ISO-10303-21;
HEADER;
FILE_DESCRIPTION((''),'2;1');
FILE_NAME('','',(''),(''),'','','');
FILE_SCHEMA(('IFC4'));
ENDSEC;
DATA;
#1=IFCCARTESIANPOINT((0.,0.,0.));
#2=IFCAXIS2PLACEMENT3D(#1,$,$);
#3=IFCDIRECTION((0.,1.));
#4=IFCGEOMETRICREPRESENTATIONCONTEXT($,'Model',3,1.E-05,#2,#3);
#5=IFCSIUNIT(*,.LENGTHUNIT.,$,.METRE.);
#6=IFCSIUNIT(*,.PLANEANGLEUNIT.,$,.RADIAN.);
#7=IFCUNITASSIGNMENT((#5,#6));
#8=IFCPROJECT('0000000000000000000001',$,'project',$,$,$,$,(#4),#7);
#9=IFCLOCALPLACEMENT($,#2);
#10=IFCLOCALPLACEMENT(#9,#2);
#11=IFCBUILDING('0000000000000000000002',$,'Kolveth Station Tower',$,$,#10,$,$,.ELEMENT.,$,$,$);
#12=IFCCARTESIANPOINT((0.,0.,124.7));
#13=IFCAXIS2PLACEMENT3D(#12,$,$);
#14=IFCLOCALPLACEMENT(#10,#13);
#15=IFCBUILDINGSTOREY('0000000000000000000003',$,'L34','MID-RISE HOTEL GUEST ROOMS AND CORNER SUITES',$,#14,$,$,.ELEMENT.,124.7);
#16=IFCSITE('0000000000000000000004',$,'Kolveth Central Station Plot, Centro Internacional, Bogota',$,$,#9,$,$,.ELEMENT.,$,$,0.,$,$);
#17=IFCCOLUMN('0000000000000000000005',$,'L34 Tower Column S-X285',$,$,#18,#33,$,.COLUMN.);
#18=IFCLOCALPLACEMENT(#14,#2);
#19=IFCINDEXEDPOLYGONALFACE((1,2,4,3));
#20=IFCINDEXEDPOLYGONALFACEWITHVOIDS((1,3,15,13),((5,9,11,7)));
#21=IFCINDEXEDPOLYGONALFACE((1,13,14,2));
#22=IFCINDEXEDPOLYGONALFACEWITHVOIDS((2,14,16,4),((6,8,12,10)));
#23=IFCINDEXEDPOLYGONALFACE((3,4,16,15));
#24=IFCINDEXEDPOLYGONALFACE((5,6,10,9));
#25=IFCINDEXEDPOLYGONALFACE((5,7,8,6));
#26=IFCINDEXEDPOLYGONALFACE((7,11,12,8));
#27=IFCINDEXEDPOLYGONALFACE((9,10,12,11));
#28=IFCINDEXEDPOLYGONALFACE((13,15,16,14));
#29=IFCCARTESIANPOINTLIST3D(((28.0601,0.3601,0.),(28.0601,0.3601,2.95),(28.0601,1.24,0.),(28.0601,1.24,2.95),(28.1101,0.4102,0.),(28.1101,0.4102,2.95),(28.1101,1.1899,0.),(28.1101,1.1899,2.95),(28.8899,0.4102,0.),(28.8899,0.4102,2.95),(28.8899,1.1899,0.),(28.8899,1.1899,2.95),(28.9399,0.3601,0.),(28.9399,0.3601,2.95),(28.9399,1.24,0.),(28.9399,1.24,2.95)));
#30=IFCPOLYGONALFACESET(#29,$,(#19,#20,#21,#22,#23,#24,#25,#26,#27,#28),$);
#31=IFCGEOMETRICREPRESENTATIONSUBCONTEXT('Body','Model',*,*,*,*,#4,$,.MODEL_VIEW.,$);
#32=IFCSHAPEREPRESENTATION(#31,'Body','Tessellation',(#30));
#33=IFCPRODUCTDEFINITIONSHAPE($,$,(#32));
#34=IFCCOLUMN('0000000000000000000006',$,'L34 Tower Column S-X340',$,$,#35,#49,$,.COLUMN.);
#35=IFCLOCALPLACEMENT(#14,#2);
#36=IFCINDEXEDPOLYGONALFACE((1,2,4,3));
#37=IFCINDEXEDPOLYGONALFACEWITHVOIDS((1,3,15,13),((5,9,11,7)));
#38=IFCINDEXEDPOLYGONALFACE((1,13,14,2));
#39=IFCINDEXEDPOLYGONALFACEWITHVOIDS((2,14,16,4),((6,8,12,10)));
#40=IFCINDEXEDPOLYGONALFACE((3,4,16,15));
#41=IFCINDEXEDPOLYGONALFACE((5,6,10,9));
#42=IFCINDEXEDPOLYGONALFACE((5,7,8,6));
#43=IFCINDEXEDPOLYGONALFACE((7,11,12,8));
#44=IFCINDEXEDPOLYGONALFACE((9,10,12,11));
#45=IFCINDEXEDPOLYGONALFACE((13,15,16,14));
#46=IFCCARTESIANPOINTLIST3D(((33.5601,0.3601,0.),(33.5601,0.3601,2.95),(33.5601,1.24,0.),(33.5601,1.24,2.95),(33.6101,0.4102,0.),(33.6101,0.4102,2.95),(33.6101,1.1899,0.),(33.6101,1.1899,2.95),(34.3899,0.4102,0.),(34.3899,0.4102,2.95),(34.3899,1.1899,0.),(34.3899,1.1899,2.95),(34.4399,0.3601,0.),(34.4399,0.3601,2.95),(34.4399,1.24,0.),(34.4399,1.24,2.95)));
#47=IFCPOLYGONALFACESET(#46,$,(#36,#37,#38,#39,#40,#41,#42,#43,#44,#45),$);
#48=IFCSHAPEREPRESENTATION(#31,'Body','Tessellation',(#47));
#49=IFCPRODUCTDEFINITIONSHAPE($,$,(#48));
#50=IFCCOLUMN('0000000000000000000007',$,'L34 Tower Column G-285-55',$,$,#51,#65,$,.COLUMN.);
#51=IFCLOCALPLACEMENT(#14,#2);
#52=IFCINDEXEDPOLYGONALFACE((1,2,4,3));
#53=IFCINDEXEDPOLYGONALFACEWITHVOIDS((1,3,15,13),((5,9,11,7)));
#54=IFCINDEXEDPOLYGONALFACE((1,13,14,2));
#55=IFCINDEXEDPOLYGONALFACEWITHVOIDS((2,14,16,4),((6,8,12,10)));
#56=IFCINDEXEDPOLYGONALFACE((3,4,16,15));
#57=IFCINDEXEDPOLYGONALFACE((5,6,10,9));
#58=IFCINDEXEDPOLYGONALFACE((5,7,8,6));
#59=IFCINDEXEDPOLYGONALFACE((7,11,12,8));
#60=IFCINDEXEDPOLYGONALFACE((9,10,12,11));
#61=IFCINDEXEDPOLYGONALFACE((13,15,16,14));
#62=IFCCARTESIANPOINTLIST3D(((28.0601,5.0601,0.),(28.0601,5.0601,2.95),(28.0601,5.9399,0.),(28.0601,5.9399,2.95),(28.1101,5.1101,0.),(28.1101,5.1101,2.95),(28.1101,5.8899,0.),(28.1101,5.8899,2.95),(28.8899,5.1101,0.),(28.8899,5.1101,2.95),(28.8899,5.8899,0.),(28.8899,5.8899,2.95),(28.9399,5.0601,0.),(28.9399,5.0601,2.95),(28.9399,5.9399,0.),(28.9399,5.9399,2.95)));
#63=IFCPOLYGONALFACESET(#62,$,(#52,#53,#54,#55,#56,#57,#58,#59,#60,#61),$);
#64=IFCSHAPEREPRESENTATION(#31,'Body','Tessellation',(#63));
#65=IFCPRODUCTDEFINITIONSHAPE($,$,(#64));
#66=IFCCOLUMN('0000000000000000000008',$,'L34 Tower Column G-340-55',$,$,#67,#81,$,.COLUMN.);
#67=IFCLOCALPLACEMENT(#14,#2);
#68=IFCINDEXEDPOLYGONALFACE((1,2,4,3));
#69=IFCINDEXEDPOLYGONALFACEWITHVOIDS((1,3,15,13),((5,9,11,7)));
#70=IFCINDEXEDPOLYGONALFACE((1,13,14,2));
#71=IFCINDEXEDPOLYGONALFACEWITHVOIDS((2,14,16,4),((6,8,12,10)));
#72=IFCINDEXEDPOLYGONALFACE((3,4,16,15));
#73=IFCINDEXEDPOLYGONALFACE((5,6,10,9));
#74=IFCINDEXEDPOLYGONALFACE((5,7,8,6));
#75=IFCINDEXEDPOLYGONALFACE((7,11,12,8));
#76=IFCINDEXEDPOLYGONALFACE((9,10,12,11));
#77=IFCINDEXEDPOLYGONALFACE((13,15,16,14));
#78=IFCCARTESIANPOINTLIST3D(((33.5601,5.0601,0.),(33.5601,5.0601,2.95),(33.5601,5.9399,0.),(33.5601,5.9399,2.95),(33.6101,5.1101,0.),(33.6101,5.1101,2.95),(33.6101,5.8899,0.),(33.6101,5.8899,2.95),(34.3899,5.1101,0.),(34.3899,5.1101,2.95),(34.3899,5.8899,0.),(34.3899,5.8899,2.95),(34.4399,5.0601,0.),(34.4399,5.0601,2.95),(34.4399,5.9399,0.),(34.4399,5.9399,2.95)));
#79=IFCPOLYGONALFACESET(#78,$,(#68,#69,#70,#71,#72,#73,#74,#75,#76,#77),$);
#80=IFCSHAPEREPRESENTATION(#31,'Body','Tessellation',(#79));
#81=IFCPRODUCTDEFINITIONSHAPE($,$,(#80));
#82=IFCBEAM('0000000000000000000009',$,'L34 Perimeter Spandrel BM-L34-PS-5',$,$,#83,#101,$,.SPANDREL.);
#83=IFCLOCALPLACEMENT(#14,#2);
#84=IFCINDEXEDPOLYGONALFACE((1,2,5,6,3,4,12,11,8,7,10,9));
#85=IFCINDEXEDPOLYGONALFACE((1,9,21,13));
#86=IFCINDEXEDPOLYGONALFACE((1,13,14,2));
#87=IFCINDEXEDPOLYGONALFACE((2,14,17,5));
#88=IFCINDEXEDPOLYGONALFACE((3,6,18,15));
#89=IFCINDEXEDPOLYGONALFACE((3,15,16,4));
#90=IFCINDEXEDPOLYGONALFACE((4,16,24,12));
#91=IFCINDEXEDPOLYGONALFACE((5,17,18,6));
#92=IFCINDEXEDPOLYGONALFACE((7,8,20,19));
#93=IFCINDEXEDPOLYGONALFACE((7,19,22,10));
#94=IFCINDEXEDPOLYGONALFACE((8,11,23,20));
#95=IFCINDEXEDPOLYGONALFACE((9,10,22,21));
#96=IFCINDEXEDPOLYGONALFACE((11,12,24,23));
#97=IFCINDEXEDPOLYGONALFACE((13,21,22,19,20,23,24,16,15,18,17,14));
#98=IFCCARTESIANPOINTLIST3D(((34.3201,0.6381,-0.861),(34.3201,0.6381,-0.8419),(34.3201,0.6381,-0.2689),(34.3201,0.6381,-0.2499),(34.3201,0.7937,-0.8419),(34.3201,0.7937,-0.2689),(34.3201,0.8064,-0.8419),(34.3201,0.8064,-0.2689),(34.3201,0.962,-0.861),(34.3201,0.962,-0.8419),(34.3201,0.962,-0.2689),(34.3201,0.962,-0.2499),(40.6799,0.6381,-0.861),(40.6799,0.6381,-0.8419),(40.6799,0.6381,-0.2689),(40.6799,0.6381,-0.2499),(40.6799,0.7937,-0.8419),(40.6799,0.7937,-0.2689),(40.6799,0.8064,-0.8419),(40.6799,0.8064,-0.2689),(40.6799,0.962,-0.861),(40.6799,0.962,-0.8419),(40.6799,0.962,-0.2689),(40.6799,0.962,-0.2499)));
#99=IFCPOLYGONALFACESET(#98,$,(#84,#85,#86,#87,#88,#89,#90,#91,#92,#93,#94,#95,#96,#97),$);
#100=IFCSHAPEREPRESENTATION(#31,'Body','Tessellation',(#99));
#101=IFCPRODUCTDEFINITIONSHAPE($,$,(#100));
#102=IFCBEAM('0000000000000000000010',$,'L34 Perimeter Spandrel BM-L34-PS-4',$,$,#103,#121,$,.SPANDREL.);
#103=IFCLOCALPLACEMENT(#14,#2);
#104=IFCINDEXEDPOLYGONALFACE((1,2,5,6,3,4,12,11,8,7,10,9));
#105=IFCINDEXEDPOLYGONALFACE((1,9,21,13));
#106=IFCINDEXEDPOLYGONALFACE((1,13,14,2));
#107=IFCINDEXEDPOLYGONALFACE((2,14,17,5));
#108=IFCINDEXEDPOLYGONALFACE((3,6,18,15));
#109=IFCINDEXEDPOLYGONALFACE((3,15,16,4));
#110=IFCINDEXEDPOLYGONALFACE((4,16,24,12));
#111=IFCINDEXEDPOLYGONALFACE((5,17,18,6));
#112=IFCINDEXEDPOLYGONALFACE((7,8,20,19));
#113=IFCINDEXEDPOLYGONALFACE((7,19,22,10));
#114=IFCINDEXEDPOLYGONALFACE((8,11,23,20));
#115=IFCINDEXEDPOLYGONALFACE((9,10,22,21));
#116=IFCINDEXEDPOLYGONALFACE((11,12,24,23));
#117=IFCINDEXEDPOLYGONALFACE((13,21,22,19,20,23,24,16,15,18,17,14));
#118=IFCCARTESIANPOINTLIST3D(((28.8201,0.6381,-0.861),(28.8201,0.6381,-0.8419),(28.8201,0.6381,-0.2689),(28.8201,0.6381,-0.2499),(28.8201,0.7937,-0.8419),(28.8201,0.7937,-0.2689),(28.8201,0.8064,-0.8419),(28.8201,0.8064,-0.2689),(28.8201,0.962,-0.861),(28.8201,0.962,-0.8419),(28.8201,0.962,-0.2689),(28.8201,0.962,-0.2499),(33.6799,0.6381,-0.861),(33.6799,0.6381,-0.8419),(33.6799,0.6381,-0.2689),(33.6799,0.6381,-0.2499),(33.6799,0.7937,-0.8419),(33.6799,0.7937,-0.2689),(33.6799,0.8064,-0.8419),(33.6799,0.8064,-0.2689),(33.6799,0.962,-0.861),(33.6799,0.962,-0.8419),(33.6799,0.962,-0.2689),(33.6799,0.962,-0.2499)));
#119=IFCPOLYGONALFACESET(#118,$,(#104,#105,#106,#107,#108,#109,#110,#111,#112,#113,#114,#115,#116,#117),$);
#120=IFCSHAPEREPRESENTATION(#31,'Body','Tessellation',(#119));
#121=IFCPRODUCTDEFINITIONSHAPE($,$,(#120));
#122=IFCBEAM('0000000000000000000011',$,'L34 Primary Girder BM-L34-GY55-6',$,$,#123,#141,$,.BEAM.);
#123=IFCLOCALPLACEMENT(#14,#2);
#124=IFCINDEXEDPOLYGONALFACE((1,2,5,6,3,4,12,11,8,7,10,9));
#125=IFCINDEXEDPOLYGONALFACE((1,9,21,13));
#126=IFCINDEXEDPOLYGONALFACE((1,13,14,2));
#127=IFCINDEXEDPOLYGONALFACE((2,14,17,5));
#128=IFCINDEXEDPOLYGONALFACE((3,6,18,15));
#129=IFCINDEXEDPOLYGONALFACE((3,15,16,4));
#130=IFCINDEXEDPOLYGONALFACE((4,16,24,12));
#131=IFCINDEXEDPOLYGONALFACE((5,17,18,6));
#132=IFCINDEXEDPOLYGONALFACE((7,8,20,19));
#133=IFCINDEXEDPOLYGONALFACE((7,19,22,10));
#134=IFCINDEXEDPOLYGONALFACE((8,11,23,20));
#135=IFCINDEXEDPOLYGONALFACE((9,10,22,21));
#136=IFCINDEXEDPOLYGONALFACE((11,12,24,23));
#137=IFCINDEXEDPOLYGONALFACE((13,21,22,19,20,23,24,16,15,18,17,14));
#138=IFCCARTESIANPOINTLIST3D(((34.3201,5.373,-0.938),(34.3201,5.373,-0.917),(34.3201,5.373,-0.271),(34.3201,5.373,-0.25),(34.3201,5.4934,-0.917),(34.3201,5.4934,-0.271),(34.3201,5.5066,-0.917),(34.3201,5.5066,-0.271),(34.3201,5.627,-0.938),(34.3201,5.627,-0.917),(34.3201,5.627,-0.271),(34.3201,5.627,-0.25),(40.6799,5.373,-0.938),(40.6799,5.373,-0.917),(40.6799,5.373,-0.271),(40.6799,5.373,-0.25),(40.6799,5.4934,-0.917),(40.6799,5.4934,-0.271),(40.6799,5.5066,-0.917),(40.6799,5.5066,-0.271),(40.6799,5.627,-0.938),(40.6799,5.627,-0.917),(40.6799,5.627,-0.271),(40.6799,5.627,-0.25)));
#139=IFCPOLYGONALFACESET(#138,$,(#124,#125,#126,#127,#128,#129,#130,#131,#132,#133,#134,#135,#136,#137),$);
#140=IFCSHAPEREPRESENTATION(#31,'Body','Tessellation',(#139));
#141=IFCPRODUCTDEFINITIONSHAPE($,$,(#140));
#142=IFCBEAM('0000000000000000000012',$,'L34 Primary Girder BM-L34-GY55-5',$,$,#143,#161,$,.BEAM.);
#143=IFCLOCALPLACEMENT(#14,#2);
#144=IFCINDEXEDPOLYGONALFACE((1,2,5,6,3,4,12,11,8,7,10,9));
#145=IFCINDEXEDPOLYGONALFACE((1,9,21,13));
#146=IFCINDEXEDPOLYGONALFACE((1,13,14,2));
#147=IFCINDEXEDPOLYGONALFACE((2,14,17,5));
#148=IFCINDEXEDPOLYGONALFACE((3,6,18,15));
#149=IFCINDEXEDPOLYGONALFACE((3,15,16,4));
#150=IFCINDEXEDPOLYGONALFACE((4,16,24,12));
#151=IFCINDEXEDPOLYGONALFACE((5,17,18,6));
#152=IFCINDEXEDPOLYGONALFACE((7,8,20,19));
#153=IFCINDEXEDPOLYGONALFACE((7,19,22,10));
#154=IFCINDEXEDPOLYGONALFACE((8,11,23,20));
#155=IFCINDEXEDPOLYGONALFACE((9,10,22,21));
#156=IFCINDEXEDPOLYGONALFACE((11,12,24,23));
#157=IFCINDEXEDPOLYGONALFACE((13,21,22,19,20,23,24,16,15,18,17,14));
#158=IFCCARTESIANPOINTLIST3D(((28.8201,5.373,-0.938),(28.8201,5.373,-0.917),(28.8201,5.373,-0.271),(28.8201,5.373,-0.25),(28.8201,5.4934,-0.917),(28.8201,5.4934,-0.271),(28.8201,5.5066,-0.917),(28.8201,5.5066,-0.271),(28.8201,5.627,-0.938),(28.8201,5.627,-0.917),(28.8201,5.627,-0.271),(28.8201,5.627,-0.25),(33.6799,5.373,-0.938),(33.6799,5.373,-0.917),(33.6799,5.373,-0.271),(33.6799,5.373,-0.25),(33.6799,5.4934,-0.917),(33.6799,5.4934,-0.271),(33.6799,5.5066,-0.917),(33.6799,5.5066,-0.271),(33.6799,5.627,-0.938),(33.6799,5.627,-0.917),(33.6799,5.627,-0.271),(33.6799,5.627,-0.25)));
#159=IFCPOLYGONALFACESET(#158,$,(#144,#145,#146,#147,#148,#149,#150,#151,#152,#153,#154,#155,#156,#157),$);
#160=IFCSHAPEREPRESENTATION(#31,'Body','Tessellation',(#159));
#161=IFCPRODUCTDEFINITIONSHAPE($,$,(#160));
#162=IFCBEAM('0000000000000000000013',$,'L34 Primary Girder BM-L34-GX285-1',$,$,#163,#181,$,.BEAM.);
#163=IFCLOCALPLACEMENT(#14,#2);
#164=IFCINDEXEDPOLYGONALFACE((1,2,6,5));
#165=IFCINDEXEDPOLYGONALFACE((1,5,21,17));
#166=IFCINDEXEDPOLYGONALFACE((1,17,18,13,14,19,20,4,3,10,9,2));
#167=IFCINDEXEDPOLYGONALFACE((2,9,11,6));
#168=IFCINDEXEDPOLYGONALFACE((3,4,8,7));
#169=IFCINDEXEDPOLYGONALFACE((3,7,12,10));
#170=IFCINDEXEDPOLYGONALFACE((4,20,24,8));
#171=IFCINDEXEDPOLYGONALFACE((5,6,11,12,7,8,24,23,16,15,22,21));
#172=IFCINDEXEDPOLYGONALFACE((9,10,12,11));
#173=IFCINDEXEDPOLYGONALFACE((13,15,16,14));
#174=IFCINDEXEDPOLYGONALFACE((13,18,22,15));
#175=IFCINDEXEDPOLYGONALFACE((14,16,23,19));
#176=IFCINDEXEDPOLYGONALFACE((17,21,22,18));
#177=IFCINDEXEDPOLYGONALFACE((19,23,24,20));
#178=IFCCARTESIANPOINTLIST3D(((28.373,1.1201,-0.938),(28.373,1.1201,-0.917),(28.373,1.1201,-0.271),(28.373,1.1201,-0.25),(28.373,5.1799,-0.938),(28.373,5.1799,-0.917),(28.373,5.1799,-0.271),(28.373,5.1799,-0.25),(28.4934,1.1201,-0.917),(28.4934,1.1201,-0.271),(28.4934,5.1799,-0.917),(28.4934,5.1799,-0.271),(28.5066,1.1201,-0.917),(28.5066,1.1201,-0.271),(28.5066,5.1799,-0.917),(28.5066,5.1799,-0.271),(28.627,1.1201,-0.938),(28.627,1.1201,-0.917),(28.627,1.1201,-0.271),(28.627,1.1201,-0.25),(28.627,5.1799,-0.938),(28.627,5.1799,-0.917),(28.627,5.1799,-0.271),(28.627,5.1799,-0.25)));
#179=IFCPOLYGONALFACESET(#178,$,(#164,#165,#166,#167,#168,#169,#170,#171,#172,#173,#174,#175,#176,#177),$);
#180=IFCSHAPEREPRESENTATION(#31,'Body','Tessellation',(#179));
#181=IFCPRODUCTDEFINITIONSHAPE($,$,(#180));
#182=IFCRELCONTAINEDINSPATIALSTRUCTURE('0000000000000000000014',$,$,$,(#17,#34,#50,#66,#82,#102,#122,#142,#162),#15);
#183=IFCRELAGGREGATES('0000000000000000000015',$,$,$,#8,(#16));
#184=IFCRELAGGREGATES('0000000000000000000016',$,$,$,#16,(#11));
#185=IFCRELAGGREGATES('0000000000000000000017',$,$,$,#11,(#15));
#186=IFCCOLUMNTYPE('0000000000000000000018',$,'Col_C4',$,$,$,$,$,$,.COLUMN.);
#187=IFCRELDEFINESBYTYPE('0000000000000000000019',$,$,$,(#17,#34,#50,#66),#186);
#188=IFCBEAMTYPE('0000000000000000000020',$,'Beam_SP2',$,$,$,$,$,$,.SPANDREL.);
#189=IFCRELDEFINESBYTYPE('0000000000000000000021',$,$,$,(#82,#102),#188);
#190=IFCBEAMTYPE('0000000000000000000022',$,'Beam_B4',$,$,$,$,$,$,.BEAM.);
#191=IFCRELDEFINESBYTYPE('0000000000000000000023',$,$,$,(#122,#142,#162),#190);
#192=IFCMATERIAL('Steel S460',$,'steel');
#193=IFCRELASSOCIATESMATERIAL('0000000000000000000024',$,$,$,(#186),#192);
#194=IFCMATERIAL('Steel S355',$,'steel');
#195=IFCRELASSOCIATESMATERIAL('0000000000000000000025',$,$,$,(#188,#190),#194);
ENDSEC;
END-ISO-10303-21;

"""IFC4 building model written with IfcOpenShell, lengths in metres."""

from ifc_helpers import new_model, si_unit, direction, frame, origin, origin_2d, place, context, subcontext, project, spatial, hollow_rectangle, i_section, extrude, source, transform, mapped, material, material_profile, profile_set, type_object, element, save


model = new_model("IFC4")

# Units and contexts
model_context = context("Model", 3, precision=1e-05, world=origin(), true_north=direction((0.0, 1.0)))
body_context = subcontext(model_context, "Body", "Model", "MODEL_VIEW")
ifc_project = project(units=[si_unit("LENGTHUNIT", "METRE"), si_unit("PLANEANGLEUNIT", "RADIAN")], contexts=[model_context])

# Site, building, storey
site_placement = place(None, origin())
site = spatial("IfcSite", under=ifc_project, at=site_placement, Name="Kolveth Central Station Plot, Centro Internacional, Bogota", CompositionType="ELEMENT", RefElevation=0.0)
building_placement = place(site_placement, origin())
building = spatial("IfcBuilding", under=site, at=building_placement, Name="Kolveth Station Tower", CompositionType="ELEMENT")
storey_placement = place(building_placement, frame((0.0, 0.0, 124.7)))
storey = spatial("IfcBuildingStorey", under=building, at=storey_placement, Name="L34", Description="MID-RISE HOTEL GUEST ROOMS AND CORNER SUITES", CompositionType="ELEMENT", Elevation=124.7)

# Columns
ifc_material_1 = material(Name="Steel S460", Category="steel")
ifc_material_profile_1 = material_profile(ifc_material_1, hollow_rectangle(XDim=0.8799, YDim=0.8799, WallThickness=0.05, at=origin_2d()), Name="BOX880x880x50")
ifc_profile_set_1 = profile_set([ifc_material_profile_1], Name="Steel S460")
column_type = type_object("IfcColumnType", Name="Col_C4", PredefinedType="COLUMN", material=ifc_profile_set_1)
shared_shape_1 = source(origin(), body_context, "Body", "SweptSolid", [
    extrude(hollow_rectangle(XDim=0.8799, YDim=0.8799, WallThickness=0.05, at=origin_2d()), origin(), (0.0, 0.0, 1.0), 2.95),
])
for number, where, z_axis, x_axis, name in (
    (1, (28.5, 0.8, 0.0), (0.0, 0.0, 1.0), (1.0, 0.0, 0.0), "L34 Tower Column S-X285"),
    (2, (34.0, 0.8, 0.0), (0.0, 0.0, 1.0), (1.0, 0.0, 0.0), "L34 Tower Column S-X340"),
    (3, (28.5, 5.5, 0.0), (0.0, 0.0, 1.0), (1.0, 0.0, 0.0), "L34 Tower Column G-285-55"),
    (4, (34.0, 5.5, 0.0), (0.0, 0.0, 1.0), (1.0, 0.0, 0.0), "L34 Tower Column G-340-55"),
):
    element("IfcColumn", number, at=place(storey_placement, frame(where, z_axis=z_axis, x_axis=x_axis)), inside=storey, type_object=column_type, Name=name, PredefinedType="COLUMN", context=body_context, shape_type="MappedRepresentation", body=[
        mapped(shared_shape_1, transform((0.0, 0.0, 0.0), x_axis=(1.0, 0.0, 0.0), y_axis=(0.0, 1.0, 0.0), z_axis=(0.0, 0.0, 1.0), scale=1.0)),
    ])

# Beams
ifc_material_2 = material(Name="Steel S355", Category="steel")
ifc_material_profile_2 = material_profile(ifc_material_2, i_section(OverallWidth=0.324, OverallDepth=0.6111, WebThickness=0.0127, FlangeThickness=0.019, at=origin_2d()), Name="W610x155")
ifc_profile_set_2 = profile_set([ifc_material_profile_2], Name="Steel S355")
beam_type_1 = type_object("IfcBeamType", Name="Beam_SP2", PredefinedType="SPANDREL", material=ifc_profile_set_2)
shared_shape_2 = source(origin(), body_context, "Body", "SweptSolid", [
    extrude(i_section(OverallWidth=0.324, OverallDepth=0.6111, WebThickness=0.0127, FlangeThickness=0.019, at=origin_2d()), origin(), (0.0, 0.0, 1.0), 6.3599),
])
beam_1_placement = place(storey_placement, frame((34.3201, 0.8, -0.5554), z_axis=(1.0, 0.0, 0.0), x_axis=(0.0, 1.0, 0.0)))
element("IfcBeam", 5, at=beam_1_placement, inside=storey, type_object=beam_type_1, Name="L34 Perimeter Spandrel BM-L34-PS-5", PredefinedType="SPANDREL", context=body_context, shape_type="MappedRepresentation", body=[
    mapped(shared_shape_2, transform((0.0, 0.0, 0.0), x_axis=(1.0, 0.0, 0.0), y_axis=(0.0, 1.0, 0.0), z_axis=(0.0, 0.0, 1.0), scale=1.0)),
])
shared_shape_3 = source(origin(), body_context, "Body", "SweptSolid", [
    extrude(i_section(OverallWidth=0.324, OverallDepth=0.6111, WebThickness=0.0127, FlangeThickness=0.019, at=origin_2d()), origin(), (0.0, 0.0, 1.0), 4.8599),
])
beam_2_placement = place(storey_placement, frame((28.8201, 0.8, -0.5554), z_axis=(1.0, 0.0, 0.0), x_axis=(0.0, 1.0, 0.0)))
element("IfcBeam", 6, at=beam_2_placement, inside=storey, type_object=beam_type_1, Name="L34 Perimeter Spandrel BM-L34-PS-4", PredefinedType="SPANDREL", context=body_context, shape_type="MappedRepresentation", body=[
    mapped(shared_shape_3, transform((0.0, 0.0, 0.0), x_axis=(1.0, 0.0, 0.0), y_axis=(0.0, 1.0, 0.0), z_axis=(0.0, 0.0, 1.0), scale=1.0)),
])
ifc_material_profile_3 = material_profile(ifc_material_2, i_section(OverallWidth=0.2539, OverallDepth=0.688, WebThickness=0.0132, FlangeThickness=0.021, at=origin_2d()), Name="W690x152")
ifc_profile_set_3 = profile_set([ifc_material_profile_3], Name="Steel S355")
beam_type_2 = type_object("IfcBeamType", Name="Beam_B4", PredefinedType="BEAM", material=ifc_profile_set_3)
shared_shape_4 = source(origin(), body_context, "Body", "SweptSolid", [
    extrude(i_section(OverallWidth=0.2539, OverallDepth=0.688, WebThickness=0.0132, FlangeThickness=0.021, at=origin_2d()), origin(), (0.0, 0.0, 1.0), 6.3599),
])
beam_3_placement = place(storey_placement, frame((34.3201, 5.5, -0.594), z_axis=(1.0, 0.0, 0.0), x_axis=(0.0, 1.0, 0.0)))
element("IfcBeam", 7, at=beam_3_placement, inside=storey, type_object=beam_type_2, Name="L34 Primary Girder BM-L34-GY55-6", PredefinedType="BEAM", context=body_context, shape_type="MappedRepresentation", body=[
    mapped(shared_shape_4, transform((0.0, 0.0, 0.0), x_axis=(1.0, 0.0, 0.0), y_axis=(0.0, 1.0, 0.0), z_axis=(0.0, 0.0, 1.0), scale=1.0)),
])
shared_shape_5 = source(origin(), body_context, "Body", "SweptSolid", [
    extrude(i_section(OverallWidth=0.2539, OverallDepth=0.688, WebThickness=0.0132, FlangeThickness=0.021, at=origin_2d()), origin(), (0.0, 0.0, 1.0), 4.8599),
])
beam_4_placement = place(storey_placement, frame((28.8201, 5.5, -0.594), z_axis=(1.0, 0.0, 0.0), x_axis=(0.0, 1.0, 0.0)))
element("IfcBeam", 8, at=beam_4_placement, inside=storey, type_object=beam_type_2, Name="L34 Primary Girder BM-L34-GY55-5", PredefinedType="BEAM", context=body_context, shape_type="MappedRepresentation", body=[
    mapped(shared_shape_5, transform((0.0, 0.0, 0.0), x_axis=(1.0, 0.0, 0.0), y_axis=(0.0, 1.0, 0.0), z_axis=(0.0, 0.0, 1.0), scale=1.0)),
])
shared_shape_6 = source(origin(), body_context, "Body", "SweptSolid", [
    extrude(i_section(OverallWidth=0.2539, OverallDepth=0.688, WebThickness=0.0132, FlangeThickness=0.021, at=origin_2d()), origin(), (0.0, 0.0, 1.0), 4.0598),
])
for number, where, z_axis, x_axis, name in (
    (9, (28.5, 1.1201, -0.594), (0.0, 1.0, 0.0), (-1.0, 0.0, 0.0), "L34 Primary Girder BM-L34-GX285-1"),
):
    element("IfcBeam", number, at=place(storey_placement, frame(where, z_axis=z_axis, x_axis=x_axis)), inside=storey, type_object=beam_type_2, Name=name, PredefinedType="BEAM", context=body_context, shape_type="MappedRepresentation", body=[
        mapped(shared_shape_6, transform((0.0, 0.0, 0.0), x_axis=(1.0, 0.0, 0.0), y_axis=(0.0, 1.0, 0.0), z_axis=(0.0, 0.0, 1.0), scale=1.0)),
    ])

save(model, "model.ifc")
